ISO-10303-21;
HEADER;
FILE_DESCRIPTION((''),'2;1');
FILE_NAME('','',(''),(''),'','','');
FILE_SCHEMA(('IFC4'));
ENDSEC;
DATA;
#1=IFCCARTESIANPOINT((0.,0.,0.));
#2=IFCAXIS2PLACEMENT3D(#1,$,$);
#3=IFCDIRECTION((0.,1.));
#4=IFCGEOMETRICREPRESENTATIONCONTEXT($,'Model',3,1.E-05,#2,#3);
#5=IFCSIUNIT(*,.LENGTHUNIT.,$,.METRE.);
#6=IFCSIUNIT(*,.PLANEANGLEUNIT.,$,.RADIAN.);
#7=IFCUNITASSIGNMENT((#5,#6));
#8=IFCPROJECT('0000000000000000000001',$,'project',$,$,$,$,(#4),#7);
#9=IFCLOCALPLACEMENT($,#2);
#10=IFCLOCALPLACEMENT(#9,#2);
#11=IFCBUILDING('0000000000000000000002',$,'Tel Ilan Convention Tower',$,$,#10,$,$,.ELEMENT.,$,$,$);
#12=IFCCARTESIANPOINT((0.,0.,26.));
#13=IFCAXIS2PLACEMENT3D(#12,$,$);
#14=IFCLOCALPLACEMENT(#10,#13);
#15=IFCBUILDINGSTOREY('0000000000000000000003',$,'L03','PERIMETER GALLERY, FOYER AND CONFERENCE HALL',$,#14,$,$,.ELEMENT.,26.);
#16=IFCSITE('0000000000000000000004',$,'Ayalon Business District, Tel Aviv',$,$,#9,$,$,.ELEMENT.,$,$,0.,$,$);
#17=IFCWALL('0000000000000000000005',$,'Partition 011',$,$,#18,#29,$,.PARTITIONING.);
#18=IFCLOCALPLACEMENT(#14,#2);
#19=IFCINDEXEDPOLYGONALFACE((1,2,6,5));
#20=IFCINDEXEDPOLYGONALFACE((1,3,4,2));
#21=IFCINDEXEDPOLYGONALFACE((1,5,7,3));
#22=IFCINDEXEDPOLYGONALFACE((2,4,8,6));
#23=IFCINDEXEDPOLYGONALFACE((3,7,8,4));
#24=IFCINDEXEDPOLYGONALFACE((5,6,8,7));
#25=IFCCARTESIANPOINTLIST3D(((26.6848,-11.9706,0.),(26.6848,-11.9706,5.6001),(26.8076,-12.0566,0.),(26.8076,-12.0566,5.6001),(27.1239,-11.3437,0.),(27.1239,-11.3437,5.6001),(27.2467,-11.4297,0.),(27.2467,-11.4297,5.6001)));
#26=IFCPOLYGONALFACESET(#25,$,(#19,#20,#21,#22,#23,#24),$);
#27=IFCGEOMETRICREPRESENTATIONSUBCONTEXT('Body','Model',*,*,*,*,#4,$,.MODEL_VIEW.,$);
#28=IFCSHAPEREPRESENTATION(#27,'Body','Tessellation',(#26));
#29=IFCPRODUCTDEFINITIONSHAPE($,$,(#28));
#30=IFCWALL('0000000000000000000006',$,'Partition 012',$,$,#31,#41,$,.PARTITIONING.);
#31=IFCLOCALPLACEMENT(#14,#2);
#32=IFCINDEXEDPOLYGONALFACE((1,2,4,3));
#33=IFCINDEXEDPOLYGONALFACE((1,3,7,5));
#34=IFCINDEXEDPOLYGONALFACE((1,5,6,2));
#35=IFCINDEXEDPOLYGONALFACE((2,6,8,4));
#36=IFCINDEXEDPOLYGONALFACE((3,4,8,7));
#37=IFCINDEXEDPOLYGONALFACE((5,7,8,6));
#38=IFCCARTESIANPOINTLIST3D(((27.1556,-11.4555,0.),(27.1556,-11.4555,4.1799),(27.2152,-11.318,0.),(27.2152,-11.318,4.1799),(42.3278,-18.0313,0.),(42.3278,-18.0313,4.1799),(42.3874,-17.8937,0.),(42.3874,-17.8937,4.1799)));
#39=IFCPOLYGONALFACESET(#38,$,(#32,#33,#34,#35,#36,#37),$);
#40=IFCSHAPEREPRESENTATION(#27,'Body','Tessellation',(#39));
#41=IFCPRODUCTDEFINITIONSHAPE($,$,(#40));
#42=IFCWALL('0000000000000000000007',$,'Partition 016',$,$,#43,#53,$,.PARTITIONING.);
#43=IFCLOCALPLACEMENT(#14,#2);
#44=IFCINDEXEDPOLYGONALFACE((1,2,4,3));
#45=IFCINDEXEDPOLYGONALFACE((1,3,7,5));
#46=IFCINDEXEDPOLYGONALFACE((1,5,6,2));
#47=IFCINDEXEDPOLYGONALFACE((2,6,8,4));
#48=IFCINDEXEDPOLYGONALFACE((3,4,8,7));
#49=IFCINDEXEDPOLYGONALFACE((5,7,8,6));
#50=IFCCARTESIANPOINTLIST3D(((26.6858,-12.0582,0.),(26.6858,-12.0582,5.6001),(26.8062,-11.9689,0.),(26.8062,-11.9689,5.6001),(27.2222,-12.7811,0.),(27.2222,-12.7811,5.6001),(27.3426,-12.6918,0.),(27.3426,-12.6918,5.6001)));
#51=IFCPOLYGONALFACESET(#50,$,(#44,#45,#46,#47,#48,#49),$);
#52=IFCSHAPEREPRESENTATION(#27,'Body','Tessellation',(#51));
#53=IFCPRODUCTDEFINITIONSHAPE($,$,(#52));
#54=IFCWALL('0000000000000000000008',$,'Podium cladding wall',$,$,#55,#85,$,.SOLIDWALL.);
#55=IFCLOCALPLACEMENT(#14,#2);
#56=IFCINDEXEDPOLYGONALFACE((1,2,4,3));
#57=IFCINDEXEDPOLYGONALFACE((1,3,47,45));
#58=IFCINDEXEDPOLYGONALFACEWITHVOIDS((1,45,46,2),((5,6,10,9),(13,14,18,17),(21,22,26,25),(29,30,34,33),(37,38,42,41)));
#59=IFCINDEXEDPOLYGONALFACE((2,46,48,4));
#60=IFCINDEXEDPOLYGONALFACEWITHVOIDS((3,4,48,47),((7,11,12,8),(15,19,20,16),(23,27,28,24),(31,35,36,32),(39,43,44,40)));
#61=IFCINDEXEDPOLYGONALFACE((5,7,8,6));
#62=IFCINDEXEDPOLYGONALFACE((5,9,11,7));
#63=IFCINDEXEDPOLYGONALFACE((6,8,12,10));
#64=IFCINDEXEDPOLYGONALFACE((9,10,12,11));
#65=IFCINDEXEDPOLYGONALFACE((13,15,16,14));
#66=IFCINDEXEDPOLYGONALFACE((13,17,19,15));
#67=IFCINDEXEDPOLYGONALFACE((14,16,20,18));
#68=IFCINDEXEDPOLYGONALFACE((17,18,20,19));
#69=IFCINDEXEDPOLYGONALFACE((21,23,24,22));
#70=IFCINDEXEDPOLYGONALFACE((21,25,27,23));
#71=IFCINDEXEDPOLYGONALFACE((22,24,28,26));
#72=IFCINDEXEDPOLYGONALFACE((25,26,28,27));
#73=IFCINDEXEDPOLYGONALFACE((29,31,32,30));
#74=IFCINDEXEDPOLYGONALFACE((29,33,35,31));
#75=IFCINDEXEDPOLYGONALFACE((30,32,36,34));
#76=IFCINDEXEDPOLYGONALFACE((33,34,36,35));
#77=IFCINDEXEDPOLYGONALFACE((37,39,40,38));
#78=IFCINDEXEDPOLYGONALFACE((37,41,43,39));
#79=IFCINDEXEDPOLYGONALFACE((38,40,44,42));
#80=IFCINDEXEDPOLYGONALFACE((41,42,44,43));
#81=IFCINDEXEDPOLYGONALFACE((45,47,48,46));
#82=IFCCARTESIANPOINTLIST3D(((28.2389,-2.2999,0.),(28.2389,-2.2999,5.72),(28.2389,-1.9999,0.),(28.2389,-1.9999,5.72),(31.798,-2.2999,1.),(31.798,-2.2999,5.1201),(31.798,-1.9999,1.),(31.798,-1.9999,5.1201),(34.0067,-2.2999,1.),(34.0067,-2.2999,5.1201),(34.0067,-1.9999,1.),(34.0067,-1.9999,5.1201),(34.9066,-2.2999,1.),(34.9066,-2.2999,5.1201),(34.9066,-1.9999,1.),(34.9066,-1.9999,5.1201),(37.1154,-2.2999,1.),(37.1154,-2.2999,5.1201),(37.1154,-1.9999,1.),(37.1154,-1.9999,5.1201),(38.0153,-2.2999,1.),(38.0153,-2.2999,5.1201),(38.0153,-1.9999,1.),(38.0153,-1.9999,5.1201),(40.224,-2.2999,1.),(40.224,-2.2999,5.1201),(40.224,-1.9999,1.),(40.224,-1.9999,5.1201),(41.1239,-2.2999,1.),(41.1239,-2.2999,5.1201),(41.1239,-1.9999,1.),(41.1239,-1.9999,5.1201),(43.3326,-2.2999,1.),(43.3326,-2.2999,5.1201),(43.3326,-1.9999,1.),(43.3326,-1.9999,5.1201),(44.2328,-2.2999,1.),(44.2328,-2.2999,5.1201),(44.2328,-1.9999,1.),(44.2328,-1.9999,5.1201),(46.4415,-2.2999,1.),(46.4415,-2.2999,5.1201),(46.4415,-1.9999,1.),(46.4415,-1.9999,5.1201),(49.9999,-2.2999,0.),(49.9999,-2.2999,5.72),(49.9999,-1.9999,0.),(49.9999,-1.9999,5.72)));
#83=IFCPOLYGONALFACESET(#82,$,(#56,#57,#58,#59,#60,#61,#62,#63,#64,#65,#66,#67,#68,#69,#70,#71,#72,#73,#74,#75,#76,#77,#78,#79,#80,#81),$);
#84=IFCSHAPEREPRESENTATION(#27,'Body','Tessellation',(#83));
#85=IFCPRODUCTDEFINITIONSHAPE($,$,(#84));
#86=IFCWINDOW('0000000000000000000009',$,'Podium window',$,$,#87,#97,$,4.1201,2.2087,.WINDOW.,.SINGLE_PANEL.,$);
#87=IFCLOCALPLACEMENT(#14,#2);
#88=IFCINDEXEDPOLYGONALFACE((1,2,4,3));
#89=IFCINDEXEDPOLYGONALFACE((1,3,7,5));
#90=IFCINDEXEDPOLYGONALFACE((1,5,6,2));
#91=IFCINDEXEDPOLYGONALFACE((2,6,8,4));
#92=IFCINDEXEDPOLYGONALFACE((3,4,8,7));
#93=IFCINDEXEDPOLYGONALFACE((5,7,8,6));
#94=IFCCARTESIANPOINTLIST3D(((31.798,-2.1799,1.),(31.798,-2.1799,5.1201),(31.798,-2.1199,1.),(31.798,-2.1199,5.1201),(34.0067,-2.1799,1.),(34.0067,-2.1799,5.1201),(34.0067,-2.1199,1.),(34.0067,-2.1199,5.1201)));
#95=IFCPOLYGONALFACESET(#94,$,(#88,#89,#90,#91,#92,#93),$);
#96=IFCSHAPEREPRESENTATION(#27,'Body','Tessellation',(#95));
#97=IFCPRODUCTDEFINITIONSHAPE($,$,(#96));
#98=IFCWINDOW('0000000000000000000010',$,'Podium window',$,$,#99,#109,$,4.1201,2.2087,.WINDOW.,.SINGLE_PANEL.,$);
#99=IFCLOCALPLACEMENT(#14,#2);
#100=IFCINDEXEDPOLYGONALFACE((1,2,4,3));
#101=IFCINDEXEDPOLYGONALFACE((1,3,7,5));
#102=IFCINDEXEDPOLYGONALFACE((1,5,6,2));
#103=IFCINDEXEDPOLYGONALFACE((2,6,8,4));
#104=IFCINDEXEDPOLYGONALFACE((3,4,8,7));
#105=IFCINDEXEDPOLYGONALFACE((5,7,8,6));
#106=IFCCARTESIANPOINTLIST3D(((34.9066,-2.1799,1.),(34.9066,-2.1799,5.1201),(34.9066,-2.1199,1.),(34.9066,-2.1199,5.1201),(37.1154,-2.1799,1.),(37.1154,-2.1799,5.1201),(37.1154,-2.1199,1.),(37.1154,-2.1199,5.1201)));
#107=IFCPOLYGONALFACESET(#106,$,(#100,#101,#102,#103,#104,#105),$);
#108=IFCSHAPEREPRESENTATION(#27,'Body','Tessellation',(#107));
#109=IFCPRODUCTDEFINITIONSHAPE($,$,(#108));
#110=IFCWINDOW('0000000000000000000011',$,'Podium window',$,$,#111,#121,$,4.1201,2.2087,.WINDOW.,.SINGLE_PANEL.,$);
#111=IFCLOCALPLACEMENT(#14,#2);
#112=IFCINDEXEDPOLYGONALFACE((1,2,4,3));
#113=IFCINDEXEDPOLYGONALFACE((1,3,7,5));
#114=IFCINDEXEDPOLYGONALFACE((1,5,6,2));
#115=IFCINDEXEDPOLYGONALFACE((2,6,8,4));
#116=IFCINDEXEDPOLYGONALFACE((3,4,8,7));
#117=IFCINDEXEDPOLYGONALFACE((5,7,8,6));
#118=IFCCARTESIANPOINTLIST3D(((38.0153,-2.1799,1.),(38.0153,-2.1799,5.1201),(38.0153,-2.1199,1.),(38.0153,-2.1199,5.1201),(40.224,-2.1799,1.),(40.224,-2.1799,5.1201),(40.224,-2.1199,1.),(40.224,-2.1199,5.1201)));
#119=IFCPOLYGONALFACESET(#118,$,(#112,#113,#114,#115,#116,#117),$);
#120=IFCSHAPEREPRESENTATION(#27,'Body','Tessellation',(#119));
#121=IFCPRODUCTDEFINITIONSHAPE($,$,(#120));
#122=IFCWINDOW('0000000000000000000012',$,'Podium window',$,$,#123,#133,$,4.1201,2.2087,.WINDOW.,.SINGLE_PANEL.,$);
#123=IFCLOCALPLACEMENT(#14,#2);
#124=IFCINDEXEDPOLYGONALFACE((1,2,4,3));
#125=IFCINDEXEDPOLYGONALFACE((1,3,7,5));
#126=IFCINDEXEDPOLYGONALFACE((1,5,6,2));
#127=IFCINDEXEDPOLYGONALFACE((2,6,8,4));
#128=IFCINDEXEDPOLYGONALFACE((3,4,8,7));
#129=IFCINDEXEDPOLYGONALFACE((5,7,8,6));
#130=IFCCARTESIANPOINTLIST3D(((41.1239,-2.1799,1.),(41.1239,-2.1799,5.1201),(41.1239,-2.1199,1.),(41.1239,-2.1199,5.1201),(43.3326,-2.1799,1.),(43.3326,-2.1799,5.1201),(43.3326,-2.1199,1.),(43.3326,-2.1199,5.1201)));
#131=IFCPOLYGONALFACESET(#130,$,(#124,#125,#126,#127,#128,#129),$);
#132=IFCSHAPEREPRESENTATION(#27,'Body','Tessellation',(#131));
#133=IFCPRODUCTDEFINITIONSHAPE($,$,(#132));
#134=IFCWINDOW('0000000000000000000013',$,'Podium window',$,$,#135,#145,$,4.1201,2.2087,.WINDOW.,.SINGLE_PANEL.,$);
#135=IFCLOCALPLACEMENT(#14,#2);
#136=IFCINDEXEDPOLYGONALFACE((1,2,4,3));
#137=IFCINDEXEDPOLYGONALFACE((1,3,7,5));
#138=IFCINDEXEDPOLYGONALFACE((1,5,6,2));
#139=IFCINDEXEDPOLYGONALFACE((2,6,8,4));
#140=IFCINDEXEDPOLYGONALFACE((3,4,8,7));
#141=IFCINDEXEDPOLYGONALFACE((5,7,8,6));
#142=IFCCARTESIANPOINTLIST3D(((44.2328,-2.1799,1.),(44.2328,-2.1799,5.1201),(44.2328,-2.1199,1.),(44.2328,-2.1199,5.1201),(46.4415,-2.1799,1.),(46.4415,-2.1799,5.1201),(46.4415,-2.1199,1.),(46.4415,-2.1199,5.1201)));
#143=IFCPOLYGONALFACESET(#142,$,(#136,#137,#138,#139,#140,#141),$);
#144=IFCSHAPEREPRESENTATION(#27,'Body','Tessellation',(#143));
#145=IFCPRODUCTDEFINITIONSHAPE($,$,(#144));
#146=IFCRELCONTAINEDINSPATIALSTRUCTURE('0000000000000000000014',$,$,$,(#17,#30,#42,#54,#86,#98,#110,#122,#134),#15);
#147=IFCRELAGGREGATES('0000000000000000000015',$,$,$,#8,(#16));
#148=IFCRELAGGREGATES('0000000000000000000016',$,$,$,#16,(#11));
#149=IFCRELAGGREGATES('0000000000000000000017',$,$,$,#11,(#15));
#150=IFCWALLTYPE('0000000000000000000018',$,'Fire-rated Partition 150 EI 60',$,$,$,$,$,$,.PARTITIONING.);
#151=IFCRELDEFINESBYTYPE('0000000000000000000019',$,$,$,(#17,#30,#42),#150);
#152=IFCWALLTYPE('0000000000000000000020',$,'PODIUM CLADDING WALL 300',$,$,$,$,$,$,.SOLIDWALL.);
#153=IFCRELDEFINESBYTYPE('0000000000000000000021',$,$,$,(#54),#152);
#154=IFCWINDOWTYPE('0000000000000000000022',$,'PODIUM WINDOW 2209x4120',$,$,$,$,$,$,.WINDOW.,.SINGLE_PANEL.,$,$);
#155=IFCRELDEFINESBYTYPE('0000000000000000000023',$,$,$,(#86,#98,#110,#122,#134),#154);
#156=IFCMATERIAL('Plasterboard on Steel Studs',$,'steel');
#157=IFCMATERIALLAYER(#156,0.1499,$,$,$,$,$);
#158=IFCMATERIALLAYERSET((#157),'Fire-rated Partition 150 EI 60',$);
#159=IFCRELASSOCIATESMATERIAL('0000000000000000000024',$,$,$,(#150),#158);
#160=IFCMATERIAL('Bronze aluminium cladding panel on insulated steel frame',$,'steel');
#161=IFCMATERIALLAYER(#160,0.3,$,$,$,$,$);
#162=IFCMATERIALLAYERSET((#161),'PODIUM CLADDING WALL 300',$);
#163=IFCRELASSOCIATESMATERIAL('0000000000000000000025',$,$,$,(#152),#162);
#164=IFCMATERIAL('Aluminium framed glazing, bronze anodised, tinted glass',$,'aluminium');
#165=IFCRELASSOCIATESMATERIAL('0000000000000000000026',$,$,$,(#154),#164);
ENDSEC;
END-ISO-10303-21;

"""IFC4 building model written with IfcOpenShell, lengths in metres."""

from ifc_helpers import new_model, si_unit, direction, frame, frame_2d, origin, place, context, subcontext, project, spatial, rectangle, extrude, material, layer, layer_set, type_object, element, fill, save


model = new_model("IFC4")

# Units and contexts
model_context = context("Model", 3, precision=1e-05, world=origin(), true_north=direction((0.0, 1.0)))
body_context = subcontext(model_context, "Body", "Model", "MODEL_VIEW")
ifc_project = project(units=[si_unit("LENGTHUNIT", "METRE"), si_unit("PLANEANGLEUNIT", "RADIAN")], contexts=[model_context])

# Site, building, storey
site_placement = place(None, origin())
site = spatial("IfcSite", under=ifc_project, at=site_placement, Name="Ayalon Business District, Tel Aviv", CompositionType="ELEMENT", RefElevation=0.0)
building_placement = place(site_placement, origin())
building = spatial("IfcBuilding", under=site, at=building_placement, Name="Tel Ilan Convention Tower", CompositionType="ELEMENT")
storey_placement = place(building_placement, frame((0.0, 0.0, 26.0)))
storey = spatial("IfcBuildingStorey", under=building, at=storey_placement, Name="L03", Description="PERIMETER GALLERY, FOYER AND CONFERENCE HALL", CompositionType="ELEMENT", Elevation=26.0)

# Walls
ifc_material_1 = material(Name="Plasterboard on Steel Studs", Category="steel")
ifc_layer_1 = layer(ifc_material_1, 0.1499)
ifc_layer_set_1 = layer_set([ifc_layer_1], Name="Fire-rated Partition 150 EI 60")
wall_type_1 = type_object("IfcWallType", Name="Fire-rated Partition 150 EI 60", PredefinedType="PARTITIONING", material=ifc_layer_set_1)
wall_1_placement = place(storey_placement, frame((26.7461, -12.0137, 0.0), z_axis=(0.0, 0.0, 1.0), x_axis=(0.573762, 0.819022, 0.0)))
element("IfcWall", 1, at=wall_1_placement, inside=storey, type_object=wall_type_1, Name="Partition 011", PredefinedType="PARTITIONING", context=body_context, shape_type="SweptSolid", body=[
    extrude(rectangle(XDim=0.7654, YDim=0.1499, at=frame_2d((0.3828, 0.0))), origin(), (0.0, 0.0, 1.0), 5.6001),
])
wall_2_placement = place(storey_placement, frame((27.1853, -11.3867, 0.0), z_axis=(0.0, 0.0, 1.0), x_axis=(0.917531, -0.397663, 0.0)))
element("IfcWall", 2, at=wall_2_placement, inside=storey, type_object=wall_type_1, Name="Partition 012", PredefinedType="PARTITIONING", context=body_context, shape_type="SweptSolid", body=[
    extrude(rectangle(XDim=16.5359, YDim=0.1499, at=frame_2d((8.2681, 0.0))), origin(), (0.0, 0.0, 1.0), 4.1799),
])
wall_3_placement = place(storey_placement, frame((27.2825, -12.7366, 0.0), z_axis=(0.0, 0.0, 1.0), x_axis=(-0.595869, 0.803081, 0.0)))
element("IfcWall", 3, at=wall_3_placement, inside=storey, type_object=wall_type_1, Name="Partition 016", PredefinedType="PARTITIONING", context=body_context, shape_type="SweptSolid", body=[
    extrude(rectangle(XDim=0.9001, YDim=0.1499, at=frame_2d((0.4502, 0.0))), origin(), (0.0, 0.0, 1.0), 5.6001),
])

# Wall, openings, windows
ifc_material_2 = material(Name="Bronze aluminium cladding panel on insulated steel frame", Category="steel")
ifc_layer_2 = layer(ifc_material_2, 0.3)
ifc_layer_set_2 = layer_set([ifc_layer_2], Name="PODIUM CLADDING WALL 300")
wall_type_2 = type_object("IfcWallType", Name="PODIUM CLADDING WALL 300", PredefinedType="SOLIDWALL", material=ifc_layer_set_2)
wall_4_placement = place(storey_placement, frame((28.239, -2.1499, 0.0), z_axis=(0.0, 0.0, 1.0), x_axis=(1.0, 0.0, 0.0)))
wall_4 = element("IfcWall", 4, at=wall_4_placement, inside=storey, type_object=wall_type_2, Name="Podium cladding wall", PredefinedType="SOLIDWALL", context=body_context, shape_type="SweptSolid", body=[
    extrude(rectangle(XDim=21.761, YDim=0.3, at=frame_2d((10.8804, 0.0))), origin(), (0.0, 0.0, 1.0), 5.72),
])
opening_1_placement = place(wall_4_placement, frame((3.5588, 0.0, 1.0)))
opening_1 = element("IfcOpeningElement", 5, at=opening_1_placement, cuts=wall_4, PredefinedType="OPENING", context=body_context, shape_type="SweptSolid", body=[
    extrude(rectangle(XDim=2.2087, YDim=4.1201, at=frame_2d((1.1045, 2.0601))), frame((0.0, 0.1599, 0.0), z_axis=(0.0, -1.0, 0.0), x_axis=(1.0, 0.0, 0.0)), (0.0, 0.0, 1.0), 0.3201),
])
opening_2_placement = place(wall_4_placement, frame((6.6675, 0.0, 1.0)))
opening_2 = element("IfcOpeningElement", 6, at=opening_2_placement, cuts=wall_4, PredefinedType="OPENING", context=body_context, shape_type="SweptSolid", body=[
    extrude(rectangle(XDim=2.2087, YDim=4.1201, at=frame_2d((1.1045, 2.0601))), frame((0.0, 0.1599, 0.0), z_axis=(0.0, -1.0, 0.0), x_axis=(1.0, 0.0, 0.0)), (0.0, 0.0, 1.0), 0.3201),
])
opening_3_placement = place(wall_4_placement, frame((9.7761, 0.0, 1.0)))
opening_3 = element("IfcOpeningElement", 7, at=opening_3_placement, cuts=wall_4, PredefinedType="OPENING", context=body_context, shape_type="SweptSolid", body=[
    extrude(rectangle(XDim=2.2087, YDim=4.1201, at=frame_2d((1.1045, 2.0601))), frame((0.0, 0.1599, 0.0), z_axis=(0.0, -1.0, 0.0), x_axis=(1.0, 0.0, 0.0)), (0.0, 0.0, 1.0), 0.3201),
])
opening_4_placement = place(wall_4_placement, frame((12.8848, 0.0, 1.0)))
opening_4 = element("IfcOpeningElement", 8, at=opening_4_placement, cuts=wall_4, PredefinedType="OPENING", context=body_context, shape_type="SweptSolid", body=[
    extrude(rectangle(XDim=2.2087, YDim=4.1201, at=frame_2d((1.1045, 2.0601))), frame((0.0, 0.1599, 0.0), z_axis=(0.0, -1.0, 0.0), x_axis=(1.0, 0.0, 0.0)), (0.0, 0.0, 1.0), 0.3201),
])
opening_5_placement = place(wall_4_placement, frame((15.9937, 0.0, 1.0)))
opening_5 = element("IfcOpeningElement", 9, at=opening_5_placement, cuts=wall_4, PredefinedType="OPENING", context=body_context, shape_type="SweptSolid", body=[
    extrude(rectangle(XDim=2.2087, YDim=4.1201, at=frame_2d((1.1045, 2.0601))), frame((0.0, 0.1599, 0.0), z_axis=(0.0, -1.0, 0.0), x_axis=(1.0, 0.0, 0.0)), (0.0, 0.0, 1.0), 0.3201),
])
ifc_material_3 = material(Name="Aluminium framed glazing, bronze anodised, tinted glass", Category="aluminium")
window_type = type_object("IfcWindowType", Name="PODIUM WINDOW 2209x4120", PartitioningType="SINGLE_PANEL", PredefinedType="WINDOW", material=ifc_material_3)
window_1_placement = place(opening_1_placement, origin())
window_1 = element("IfcWindow", 10, at=window_1_placement, inside=storey, type_object=window_type, Name="Podium window", OverallHeight=4.1201, OverallWidth=2.2087, PartitioningType="SINGLE_PANEL", PredefinedType="WINDOW", context=body_context, shape_type="SweptSolid", body=[
    extrude(rectangle(XDim=2.2087, YDim=4.1201, at=frame_2d((1.1045, 2.0601))), frame((0.0, 0.03, 0.0), z_axis=(0.0, -1.0, 0.0), x_axis=(1.0, 0.0, 0.0)), (0.0, 0.0, 1.0), 0.0601),
])
fill(opening_1, window_1)
window_2_placement = place(opening_2_placement, origin())
window_2 = element("IfcWindow", 11, at=window_2_placement, inside=storey, type_object=window_type, Name="Podium window", OverallHeight=4.1201, OverallWidth=2.2087, PartitioningType="SINGLE_PANEL", PredefinedType="WINDOW", context=body_context, shape_type="SweptSolid", body=[
    extrude(rectangle(XDim=2.2087, YDim=4.1201, at=frame_2d((1.1045, 2.0601))), frame((0.0, 0.03, 0.0), z_axis=(0.0, -1.0, 0.0), x_axis=(1.0, 0.0, 0.0)), (0.0, 0.0, 1.0), 0.0601),
])
fill(opening_2, window_2)
window_3_placement = place(opening_3_placement, origin())
window_3 = element("IfcWindow", 12, at=window_3_placement, inside=storey, type_object=window_type, Name="Podium window", OverallHeight=4.1201, OverallWidth=2.2087, PartitioningType="SINGLE_PANEL", PredefinedType="WINDOW", context=body_context, shape_type="SweptSolid", body=[
    extrude(rectangle(XDim=2.2087, YDim=4.1201, at=frame_2d((1.1045, 2.0601))), frame((0.0, 0.03, 0.0), z_axis=(0.0, -1.0, 0.0), x_axis=(1.0, 0.0, 0.0)), (0.0, 0.0, 1.0), 0.0601),
])
fill(opening_3, window_3)
window_4_placement = place(opening_4_placement, origin())
window_4 = element("IfcWindow", 13, at=window_4_placement, inside=storey, type_object=window_type, Name="Podium window", OverallHeight=4.1201, OverallWidth=2.2087, PartitioningType="SINGLE_PANEL", PredefinedType="WINDOW", context=body_context, shape_type="SweptSolid", body=[
    extrude(rectangle(XDim=2.2087, YDim=4.1201, at=frame_2d((1.1045, 2.0601))), frame((0.0, 0.03, 0.0), z_axis=(0.0, -1.0, 0.0), x_axis=(1.0, 0.0, 0.0)), (0.0, 0.0, 1.0), 0.0601),
])
fill(opening_4, window_4)
window_5_placement = place(opening_5_placement, origin())
window_5 = element("IfcWindow", 14, at=window_5_placement, inside=storey, type_object=window_type, Name="Podium window", OverallHeight=4.1201, OverallWidth=2.2087, PartitioningType="SINGLE_PANEL", PredefinedType="WINDOW", context=body_context, shape_type="SweptSolid", body=[
    extrude(rectangle(XDim=2.2087, YDim=4.1201, at=frame_2d((1.1045, 2.0601))), frame((0.0, 0.03, 0.0), z_axis=(0.0, -1.0, 0.0), x_axis=(1.0, 0.0, 0.0)), (0.0, 0.0, 1.0), 0.0601),
])
fill(opening_5, window_5)

save(model, "model.ifc")
